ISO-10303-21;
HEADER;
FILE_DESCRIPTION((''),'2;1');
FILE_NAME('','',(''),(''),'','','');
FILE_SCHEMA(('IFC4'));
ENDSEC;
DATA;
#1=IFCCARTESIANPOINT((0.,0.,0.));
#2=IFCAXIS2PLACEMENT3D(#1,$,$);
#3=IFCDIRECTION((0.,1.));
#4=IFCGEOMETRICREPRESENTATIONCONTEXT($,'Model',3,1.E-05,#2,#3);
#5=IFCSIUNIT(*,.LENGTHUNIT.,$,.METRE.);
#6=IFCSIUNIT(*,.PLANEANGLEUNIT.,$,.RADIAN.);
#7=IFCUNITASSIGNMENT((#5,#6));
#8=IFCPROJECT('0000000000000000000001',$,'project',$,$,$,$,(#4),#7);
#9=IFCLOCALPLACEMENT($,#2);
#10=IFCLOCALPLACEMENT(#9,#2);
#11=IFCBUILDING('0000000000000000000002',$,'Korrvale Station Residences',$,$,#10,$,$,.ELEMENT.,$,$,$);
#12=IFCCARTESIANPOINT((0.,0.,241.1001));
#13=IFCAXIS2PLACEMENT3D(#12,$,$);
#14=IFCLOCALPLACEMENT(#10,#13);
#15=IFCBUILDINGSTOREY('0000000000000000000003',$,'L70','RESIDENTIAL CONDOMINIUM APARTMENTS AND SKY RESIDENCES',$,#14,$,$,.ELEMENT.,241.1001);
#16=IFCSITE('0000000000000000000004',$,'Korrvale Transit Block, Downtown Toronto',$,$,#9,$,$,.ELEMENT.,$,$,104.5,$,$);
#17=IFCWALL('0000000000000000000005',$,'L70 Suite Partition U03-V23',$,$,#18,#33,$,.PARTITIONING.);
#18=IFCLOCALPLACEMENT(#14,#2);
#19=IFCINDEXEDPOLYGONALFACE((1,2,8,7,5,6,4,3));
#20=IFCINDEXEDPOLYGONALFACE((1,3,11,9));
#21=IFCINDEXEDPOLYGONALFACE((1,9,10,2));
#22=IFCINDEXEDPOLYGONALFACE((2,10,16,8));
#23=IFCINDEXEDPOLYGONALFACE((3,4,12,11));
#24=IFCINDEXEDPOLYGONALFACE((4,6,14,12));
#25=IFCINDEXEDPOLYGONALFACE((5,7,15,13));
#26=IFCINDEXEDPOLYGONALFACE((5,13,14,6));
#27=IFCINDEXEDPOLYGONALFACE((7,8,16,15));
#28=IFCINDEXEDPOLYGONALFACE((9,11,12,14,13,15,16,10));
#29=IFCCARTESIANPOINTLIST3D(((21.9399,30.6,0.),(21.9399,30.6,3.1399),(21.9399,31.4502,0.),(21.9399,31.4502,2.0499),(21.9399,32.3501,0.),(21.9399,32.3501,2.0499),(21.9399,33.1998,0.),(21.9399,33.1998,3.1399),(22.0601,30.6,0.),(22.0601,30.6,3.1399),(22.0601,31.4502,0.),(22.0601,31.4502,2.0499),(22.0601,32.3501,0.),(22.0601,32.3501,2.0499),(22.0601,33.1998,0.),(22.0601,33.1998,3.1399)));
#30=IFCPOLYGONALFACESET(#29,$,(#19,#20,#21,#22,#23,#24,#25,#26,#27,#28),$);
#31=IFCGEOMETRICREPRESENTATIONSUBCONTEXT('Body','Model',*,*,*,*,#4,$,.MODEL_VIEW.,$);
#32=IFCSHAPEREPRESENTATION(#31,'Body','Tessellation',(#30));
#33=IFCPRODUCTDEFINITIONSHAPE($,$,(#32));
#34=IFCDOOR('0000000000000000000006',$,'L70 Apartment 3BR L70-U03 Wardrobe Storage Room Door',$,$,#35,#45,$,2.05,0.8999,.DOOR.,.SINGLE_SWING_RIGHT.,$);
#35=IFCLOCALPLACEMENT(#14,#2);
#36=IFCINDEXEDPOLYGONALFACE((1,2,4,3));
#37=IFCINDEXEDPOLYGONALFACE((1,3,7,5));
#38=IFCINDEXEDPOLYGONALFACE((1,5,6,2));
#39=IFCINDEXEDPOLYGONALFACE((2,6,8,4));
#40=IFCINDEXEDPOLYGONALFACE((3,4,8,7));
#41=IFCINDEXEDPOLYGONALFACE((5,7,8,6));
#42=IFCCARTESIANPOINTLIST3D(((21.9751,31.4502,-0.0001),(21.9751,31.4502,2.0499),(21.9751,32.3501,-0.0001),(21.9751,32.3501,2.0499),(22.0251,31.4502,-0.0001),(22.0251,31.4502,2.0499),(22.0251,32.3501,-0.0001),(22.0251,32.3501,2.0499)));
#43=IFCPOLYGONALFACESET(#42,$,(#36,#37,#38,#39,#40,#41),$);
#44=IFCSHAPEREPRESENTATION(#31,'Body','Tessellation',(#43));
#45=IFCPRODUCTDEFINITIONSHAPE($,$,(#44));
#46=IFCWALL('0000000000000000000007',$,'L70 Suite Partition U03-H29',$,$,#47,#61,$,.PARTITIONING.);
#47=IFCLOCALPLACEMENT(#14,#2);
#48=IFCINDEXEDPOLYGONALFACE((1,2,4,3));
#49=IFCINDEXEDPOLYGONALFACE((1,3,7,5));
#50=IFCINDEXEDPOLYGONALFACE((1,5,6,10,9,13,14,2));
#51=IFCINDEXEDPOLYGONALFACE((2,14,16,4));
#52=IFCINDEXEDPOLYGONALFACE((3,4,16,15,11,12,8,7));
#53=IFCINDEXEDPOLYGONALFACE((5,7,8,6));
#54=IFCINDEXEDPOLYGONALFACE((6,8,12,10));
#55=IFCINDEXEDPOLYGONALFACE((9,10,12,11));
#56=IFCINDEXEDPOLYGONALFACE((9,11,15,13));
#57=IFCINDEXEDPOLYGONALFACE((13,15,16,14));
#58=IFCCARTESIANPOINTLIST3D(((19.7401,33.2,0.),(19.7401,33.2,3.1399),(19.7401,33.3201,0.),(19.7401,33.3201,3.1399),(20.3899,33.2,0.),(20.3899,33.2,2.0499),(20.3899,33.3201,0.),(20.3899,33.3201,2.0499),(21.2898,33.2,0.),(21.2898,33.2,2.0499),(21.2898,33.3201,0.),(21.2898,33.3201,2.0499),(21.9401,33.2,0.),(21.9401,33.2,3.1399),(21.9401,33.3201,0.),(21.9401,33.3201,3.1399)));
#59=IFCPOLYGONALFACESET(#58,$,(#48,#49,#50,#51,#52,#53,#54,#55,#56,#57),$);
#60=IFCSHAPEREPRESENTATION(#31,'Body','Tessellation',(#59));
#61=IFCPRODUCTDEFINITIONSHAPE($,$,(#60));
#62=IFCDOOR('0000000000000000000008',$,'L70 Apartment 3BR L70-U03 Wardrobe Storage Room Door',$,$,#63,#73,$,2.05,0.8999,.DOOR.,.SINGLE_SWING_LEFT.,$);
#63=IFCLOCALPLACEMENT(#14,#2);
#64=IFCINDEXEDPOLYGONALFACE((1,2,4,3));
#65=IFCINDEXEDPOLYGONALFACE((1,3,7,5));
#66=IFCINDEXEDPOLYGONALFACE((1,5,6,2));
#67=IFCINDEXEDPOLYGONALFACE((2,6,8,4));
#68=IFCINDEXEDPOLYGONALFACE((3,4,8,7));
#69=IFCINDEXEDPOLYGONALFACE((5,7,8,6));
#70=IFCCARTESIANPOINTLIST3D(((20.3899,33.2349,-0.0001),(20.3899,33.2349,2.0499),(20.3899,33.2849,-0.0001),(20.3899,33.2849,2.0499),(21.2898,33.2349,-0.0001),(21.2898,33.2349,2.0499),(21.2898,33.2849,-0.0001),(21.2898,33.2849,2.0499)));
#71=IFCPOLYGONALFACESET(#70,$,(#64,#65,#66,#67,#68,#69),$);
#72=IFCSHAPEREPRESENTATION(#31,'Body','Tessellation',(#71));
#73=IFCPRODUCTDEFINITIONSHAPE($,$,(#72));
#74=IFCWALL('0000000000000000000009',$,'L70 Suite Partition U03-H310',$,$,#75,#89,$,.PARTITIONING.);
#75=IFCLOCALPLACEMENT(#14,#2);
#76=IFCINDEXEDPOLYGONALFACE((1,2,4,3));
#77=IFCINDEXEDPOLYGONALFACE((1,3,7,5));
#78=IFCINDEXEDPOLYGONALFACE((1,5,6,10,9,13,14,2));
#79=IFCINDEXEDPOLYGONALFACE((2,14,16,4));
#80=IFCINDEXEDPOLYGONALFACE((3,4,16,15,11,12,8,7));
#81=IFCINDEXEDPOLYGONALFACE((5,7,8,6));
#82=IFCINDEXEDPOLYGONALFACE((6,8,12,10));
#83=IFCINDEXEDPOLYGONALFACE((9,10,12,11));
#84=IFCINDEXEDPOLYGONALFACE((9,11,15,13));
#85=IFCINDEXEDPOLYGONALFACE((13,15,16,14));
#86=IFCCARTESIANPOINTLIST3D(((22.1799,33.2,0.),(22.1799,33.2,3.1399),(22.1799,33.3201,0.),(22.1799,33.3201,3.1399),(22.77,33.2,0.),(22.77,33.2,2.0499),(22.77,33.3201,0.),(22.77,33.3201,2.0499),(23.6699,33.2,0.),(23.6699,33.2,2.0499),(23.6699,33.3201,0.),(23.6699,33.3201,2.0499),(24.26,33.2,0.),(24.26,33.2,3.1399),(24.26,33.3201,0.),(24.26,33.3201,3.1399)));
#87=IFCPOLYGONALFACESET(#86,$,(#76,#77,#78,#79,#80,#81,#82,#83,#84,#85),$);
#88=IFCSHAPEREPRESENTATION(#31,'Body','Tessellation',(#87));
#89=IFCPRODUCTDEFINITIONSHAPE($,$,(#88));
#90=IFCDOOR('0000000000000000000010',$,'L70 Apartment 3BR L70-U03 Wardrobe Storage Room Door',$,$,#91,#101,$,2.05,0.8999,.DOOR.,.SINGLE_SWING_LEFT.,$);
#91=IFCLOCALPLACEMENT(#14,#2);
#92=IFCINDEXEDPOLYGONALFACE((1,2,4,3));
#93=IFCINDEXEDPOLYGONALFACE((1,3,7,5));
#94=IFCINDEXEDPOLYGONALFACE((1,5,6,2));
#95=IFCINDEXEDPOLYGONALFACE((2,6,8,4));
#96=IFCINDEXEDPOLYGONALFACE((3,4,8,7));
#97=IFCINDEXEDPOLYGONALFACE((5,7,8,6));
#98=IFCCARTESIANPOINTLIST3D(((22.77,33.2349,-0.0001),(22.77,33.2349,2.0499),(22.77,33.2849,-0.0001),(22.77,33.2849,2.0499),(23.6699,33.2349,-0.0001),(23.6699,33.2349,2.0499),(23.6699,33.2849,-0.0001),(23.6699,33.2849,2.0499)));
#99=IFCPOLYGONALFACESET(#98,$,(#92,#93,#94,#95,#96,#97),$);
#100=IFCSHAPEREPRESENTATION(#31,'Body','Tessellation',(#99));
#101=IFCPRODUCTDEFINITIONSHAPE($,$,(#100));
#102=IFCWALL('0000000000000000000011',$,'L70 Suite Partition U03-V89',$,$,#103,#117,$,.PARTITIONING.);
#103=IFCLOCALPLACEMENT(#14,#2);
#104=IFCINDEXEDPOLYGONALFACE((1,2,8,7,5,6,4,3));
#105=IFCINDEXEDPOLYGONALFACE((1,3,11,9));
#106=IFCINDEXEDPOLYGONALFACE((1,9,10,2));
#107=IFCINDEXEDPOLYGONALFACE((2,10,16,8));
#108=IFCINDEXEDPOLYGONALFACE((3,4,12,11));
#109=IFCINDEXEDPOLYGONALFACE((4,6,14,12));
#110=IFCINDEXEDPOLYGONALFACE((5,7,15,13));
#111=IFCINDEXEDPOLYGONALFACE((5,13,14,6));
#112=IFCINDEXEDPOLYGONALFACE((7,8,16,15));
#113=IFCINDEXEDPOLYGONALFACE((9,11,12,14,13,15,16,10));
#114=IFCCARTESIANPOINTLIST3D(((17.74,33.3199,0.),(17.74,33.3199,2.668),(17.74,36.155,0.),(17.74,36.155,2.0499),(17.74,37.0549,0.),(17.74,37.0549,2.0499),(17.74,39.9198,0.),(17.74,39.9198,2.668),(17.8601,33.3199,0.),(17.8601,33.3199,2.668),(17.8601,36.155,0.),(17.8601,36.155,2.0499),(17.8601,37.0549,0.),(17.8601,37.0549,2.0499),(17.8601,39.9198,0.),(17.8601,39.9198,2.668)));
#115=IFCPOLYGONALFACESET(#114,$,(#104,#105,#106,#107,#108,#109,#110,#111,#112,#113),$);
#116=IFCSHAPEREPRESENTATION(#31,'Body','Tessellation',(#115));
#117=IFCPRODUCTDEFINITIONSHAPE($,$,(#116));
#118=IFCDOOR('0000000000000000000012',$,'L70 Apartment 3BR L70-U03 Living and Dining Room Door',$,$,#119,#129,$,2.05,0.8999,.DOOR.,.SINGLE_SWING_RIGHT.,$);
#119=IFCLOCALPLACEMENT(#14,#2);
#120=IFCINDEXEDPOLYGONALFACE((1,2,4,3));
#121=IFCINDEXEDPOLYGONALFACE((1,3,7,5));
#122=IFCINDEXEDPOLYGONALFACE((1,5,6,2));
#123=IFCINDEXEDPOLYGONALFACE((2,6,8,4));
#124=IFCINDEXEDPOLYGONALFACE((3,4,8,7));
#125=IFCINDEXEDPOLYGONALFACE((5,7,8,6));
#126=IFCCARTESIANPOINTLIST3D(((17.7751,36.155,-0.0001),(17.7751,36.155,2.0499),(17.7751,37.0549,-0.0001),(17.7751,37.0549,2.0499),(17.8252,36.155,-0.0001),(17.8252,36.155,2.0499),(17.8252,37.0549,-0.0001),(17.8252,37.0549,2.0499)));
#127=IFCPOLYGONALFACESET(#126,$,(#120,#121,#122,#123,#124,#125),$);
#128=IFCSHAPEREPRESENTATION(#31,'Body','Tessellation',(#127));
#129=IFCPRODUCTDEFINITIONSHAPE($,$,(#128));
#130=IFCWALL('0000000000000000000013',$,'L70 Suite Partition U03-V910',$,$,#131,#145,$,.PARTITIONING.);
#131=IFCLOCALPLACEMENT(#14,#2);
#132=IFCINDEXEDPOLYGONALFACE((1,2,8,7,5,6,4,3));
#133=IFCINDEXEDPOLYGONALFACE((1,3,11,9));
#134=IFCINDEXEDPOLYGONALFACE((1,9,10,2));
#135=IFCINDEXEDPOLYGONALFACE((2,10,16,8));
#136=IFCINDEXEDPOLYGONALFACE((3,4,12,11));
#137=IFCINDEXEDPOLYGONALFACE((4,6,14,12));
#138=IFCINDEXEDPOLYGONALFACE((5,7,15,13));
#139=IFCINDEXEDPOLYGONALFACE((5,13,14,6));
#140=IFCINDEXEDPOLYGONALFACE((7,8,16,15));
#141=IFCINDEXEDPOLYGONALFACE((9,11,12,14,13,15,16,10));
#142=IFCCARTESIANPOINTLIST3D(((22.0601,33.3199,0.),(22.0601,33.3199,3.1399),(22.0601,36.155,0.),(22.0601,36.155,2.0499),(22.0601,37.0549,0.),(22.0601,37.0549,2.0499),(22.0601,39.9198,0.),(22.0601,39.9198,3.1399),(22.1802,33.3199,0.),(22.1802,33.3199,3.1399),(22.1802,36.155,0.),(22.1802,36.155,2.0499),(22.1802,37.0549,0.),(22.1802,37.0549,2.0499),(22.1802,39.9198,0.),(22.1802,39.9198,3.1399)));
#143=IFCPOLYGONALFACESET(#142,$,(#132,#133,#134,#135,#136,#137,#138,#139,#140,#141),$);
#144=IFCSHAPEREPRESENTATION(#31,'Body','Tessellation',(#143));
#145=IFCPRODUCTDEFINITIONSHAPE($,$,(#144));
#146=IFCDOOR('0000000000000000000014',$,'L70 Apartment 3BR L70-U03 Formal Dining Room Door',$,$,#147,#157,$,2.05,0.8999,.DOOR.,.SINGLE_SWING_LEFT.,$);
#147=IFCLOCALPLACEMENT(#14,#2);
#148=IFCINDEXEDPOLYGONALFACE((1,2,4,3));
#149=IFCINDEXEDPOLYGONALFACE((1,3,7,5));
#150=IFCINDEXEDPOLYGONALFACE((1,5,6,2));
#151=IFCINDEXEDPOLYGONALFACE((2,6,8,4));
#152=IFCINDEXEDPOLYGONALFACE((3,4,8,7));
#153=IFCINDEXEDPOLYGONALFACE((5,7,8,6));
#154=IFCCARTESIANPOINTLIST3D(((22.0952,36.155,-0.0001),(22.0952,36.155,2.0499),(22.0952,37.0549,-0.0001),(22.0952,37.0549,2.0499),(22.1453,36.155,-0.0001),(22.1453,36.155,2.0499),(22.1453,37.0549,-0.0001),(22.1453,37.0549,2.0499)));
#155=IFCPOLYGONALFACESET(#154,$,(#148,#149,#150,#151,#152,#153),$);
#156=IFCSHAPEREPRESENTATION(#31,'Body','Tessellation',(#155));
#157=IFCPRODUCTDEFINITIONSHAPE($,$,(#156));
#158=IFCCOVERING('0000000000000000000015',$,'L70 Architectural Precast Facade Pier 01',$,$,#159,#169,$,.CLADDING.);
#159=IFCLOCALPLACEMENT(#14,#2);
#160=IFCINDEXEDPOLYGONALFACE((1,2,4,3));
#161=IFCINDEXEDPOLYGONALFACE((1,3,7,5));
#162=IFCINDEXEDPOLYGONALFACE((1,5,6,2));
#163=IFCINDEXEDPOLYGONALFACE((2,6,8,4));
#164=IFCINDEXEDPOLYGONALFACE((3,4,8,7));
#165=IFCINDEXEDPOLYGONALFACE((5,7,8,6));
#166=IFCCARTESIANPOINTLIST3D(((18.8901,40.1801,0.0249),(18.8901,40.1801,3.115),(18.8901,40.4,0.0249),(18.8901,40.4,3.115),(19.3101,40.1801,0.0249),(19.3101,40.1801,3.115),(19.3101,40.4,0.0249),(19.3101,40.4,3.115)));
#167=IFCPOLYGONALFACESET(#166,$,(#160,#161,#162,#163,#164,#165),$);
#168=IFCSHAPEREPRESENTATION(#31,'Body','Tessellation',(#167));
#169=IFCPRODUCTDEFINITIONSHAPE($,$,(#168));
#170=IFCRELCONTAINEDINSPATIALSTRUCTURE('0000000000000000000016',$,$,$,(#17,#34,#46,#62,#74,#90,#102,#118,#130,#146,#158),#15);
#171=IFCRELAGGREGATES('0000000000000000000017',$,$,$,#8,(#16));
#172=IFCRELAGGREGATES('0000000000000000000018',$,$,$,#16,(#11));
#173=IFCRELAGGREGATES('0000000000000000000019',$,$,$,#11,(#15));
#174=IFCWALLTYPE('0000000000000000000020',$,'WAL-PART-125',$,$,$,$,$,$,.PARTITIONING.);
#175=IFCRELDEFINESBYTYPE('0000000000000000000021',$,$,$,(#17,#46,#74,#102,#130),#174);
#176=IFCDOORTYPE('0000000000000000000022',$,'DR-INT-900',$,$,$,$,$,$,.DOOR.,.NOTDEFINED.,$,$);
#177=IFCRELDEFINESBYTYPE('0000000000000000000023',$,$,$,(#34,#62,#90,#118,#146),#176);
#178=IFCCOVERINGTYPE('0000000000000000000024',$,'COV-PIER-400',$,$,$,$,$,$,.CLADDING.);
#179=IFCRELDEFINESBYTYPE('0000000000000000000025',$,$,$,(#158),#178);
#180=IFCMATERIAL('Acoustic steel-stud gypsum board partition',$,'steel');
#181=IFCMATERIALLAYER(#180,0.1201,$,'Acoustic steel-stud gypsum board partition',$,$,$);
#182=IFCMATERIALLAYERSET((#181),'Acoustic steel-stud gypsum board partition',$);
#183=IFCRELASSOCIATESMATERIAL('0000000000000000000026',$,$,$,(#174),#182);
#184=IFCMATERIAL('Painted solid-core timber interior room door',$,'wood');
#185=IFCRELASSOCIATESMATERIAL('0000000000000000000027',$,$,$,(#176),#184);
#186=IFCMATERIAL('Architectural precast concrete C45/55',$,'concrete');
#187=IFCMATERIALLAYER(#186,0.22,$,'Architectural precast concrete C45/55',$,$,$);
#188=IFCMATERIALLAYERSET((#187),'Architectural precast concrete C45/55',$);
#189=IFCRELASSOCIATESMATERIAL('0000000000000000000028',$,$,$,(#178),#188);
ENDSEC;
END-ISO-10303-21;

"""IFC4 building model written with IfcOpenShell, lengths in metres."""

from ifc_helpers import new_model, si_unit, direction, frame, frame_2d, origin, origin_2d, place, context, subcontext, project, spatial, rectangle, extrude, material, layer, layer_set, type_object, element, fill, save


model = new_model("IFC4")

# Units and contexts
model_context = context("Model", 3, precision=1e-05, world=origin(), true_north=direction((0.0, 1.0)))
body_context = subcontext(model_context, "Body", "Model", "MODEL_VIEW")
ifc_project = project(units=[si_unit("LENGTHUNIT", "METRE"), si_unit("PLANEANGLEUNIT", "RADIAN")], contexts=[model_context])

# Site, building, storey
site_placement = place(None, origin())
site = spatial("IfcSite", under=ifc_project, at=site_placement, Name="Korrvale Transit Block, Downtown Toronto", CompositionType="ELEMENT", RefElevation=104.5)
building_placement = place(site_placement, origin())
building = spatial("IfcBuilding", under=site, at=building_placement, Name="Korrvale Station Residences", CompositionType="ELEMENT")
storey_placement = place(building_placement, frame((0.0, 0.0, 241.1001)))
storey = spatial("IfcBuildingStorey", under=building, at=storey_placement, Name="L70", Description="RESIDENTIAL CONDOMINIUM APARTMENTS AND SKY RESIDENCES", CompositionType="ELEMENT", Elevation=241.1001)

# Walls, openings, doors
ifc_material_1 = material(Name="Acoustic steel-stud gypsum board partition", Category="steel")
ifc_layer_1 = layer(ifc_material_1, 0.1201, Name="Acoustic steel-stud gypsum board partition")
ifc_layer_set_1 = layer_set([ifc_layer_1], Name="Acoustic steel-stud gypsum board partition")
wall_type = type_object("IfcWallType", Name="WAL-PART-125", PredefinedType="PARTITIONING", material=ifc_layer_set_1)
ifc_material_2 = material(Name="Painted solid-core timber interior room door", Category="wood")
door_type = type_object("IfcDoorType", Name="DR-INT-900", OperationType="NOTDEFINED", PredefinedType="DOOR", material=ifc_material_2)
wall_1_placement = place(storey_placement, frame((22.0, 30.6001, 0.0), z_axis=(0.0, 0.0, 1.0), x_axis=(0.0, 1.0, 0.0)))
wall_1 = element("IfcWall", 1, at=wall_1_placement, inside=storey, type_object=wall_type, Name="L70 Suite Partition U03-V23", PredefinedType="PARTITIONING", context=body_context, shape_type="SweptSolid", body=[
    extrude(rectangle(XDim=2.5999, YDim=0.1201, at=frame_2d((1.2998, 0.0))), origin(), (0.0, 0.0, 1.0), 3.1399),
])
opening_1_placement = place(wall_1_placement, frame((0.8501, 0.0, 0.0)))
opening_1 = element("IfcOpeningElement", 2, at=opening_1_placement, cuts=wall_1, PredefinedType="OPENING", context=body_context, shape_type="SweptSolid", body=[
    extrude(rectangle(XDim=0.8999, YDim=2.05, at=frame_2d((0.45, 1.0249))), frame((0.0, 0.0701, 0.0), z_axis=(0.0, -1.0, 0.0), x_axis=(1.0, 0.0, 0.0)), (0.0, 0.0, 1.0), 0.1401),
])
door_1_placement = place(opening_1_placement, origin())
door_1 = element("IfcDoor", 3, at=door_1_placement, inside=storey, type_object=door_type, Name="L70 Apartment 3BR L70-U03 Wardrobe Storage Room Door", OperationType="SINGLE_SWING_RIGHT", OverallHeight=2.05, OverallWidth=0.8999, PredefinedType="DOOR", context=body_context, shape_type="SweptSolid", body=[
    extrude(rectangle(XDim=0.8999, YDim=2.05, at=frame_2d((0.45, 1.0249))), frame((0.0, 0.0249, 0.0), z_axis=(0.0, -1.0, 0.0), x_axis=(1.0, 0.0, 0.0)), (0.0, 0.0, 1.0), 0.05),
])
fill(opening_1, door_1)
wall_2_placement = place(storey_placement, frame((19.74, 33.26, 0.0), z_axis=(0.0, 0.0, 1.0), x_axis=(1.0, 0.0, 0.0)))
wall_2 = element("IfcWall", 4, at=wall_2_placement, inside=storey, type_object=wall_type, Name="L70 Suite Partition U03-H29", PredefinedType="PARTITIONING", context=body_context, shape_type="SweptSolid", body=[
    extrude(rectangle(XDim=2.2, YDim=0.1201, at=frame_2d((1.1001, 0.0))), origin(), (0.0, 0.0, 1.0), 3.1399),
])
opening_2_placement = place(wall_2_placement, frame((0.6499, 0.0, 0.0)))
opening_2 = element("IfcOpeningElement", 5, at=opening_2_placement, cuts=wall_2, PredefinedType="OPENING", context=body_context, shape_type="SweptSolid", body=[
    extrude(rectangle(XDim=0.8999, YDim=2.05, at=frame_2d((0.45, 1.0249))), frame((0.0, 0.0701, 0.0), z_axis=(0.0, -1.0, 0.0), x_axis=(1.0, 0.0, 0.0)), (0.0, 0.0, 1.0), 0.1401),
])
door_2_placement = place(opening_2_placement, origin())
door_2 = element("IfcDoor", 6, at=door_2_placement, inside=storey, type_object=door_type, Name="L70 Apartment 3BR L70-U03 Wardrobe Storage Room Door", OperationType="SINGLE_SWING_LEFT", OverallHeight=2.05, OverallWidth=0.8999, PredefinedType="DOOR", context=body_context, shape_type="SweptSolid", body=[
    extrude(rectangle(XDim=0.8999, YDim=2.05, at=frame_2d((0.45, 1.0249))), frame((0.0, 0.0249, 0.0), z_axis=(0.0, -1.0, 0.0), x_axis=(1.0, 0.0, 0.0)), (0.0, 0.0, 1.0), 0.05),
])
fill(opening_2, door_2)
wall_3_placement = place(storey_placement, frame((22.1799, 33.26, 0.0), z_axis=(0.0, 0.0, 1.0), x_axis=(1.0, 0.0, 0.0)))
wall_3 = element("IfcWall", 7, at=wall_3_placement, inside=storey, type_object=wall_type, Name="L70 Suite Partition U03-H310", PredefinedType="PARTITIONING", context=body_context, shape_type="SweptSolid", body=[
    extrude(rectangle(XDim=2.0801, YDim=0.1201, at=frame_2d((1.04, 0.0))), origin(), (0.0, 0.0, 1.0), 3.1399),
])
opening_3_placement = place(wall_3_placement, frame((0.5901, 0.0, 0.0)))
opening_3 = element("IfcOpeningElement", 8, at=opening_3_placement, cuts=wall_3, PredefinedType="OPENING", context=body_context, shape_type="SweptSolid", body=[
    extrude(rectangle(XDim=0.8999, YDim=2.05, at=frame_2d((0.45, 1.0249))), frame((0.0, 0.0701, 0.0), z_axis=(0.0, -1.0, 0.0), x_axis=(1.0, 0.0, 0.0)), (0.0, 0.0, 1.0), 0.1401),
])
door_3_placement = place(opening_3_placement, origin())
door_3 = element("IfcDoor", 9, at=door_3_placement, inside=storey, type_object=door_type, Name="L70 Apartment 3BR L70-U03 Wardrobe Storage Room Door", OperationType="SINGLE_SWING_LEFT", OverallHeight=2.05, OverallWidth=0.8999, PredefinedType="DOOR", context=body_context, shape_type="SweptSolid", body=[
    extrude(rectangle(XDim=0.8999, YDim=2.05, at=frame_2d((0.45, 1.0249))), frame((0.0, 0.0249, 0.0), z_axis=(0.0, -1.0, 0.0), x_axis=(1.0, 0.0, 0.0)), (0.0, 0.0, 1.0), 0.05),
])
fill(opening_3, door_3)
wall_4_placement = place(storey_placement, frame((17.8, 33.3201, 0.0), z_axis=(0.0, 0.0, 1.0), x_axis=(0.0, 1.0, 0.0)))
wall_4 = element("IfcWall", 10, at=wall_4_placement, inside=storey, type_object=wall_type, Name="L70 Suite Partition U03-V89", PredefinedType="PARTITIONING", context=body_context, shape_type="SweptSolid", body=[
    extrude(rectangle(XDim=6.5999, YDim=0.1201, at=frame_2d((3.2998, 0.0))), origin(), (0.0, 0.0, 1.0), 2.668),
])
opening_4_placement = place(wall_4_placement, frame((2.835, 0.0, 0.0)))
opening_4 = element("IfcOpeningElement", 11, at=opening_4_placement, cuts=wall_4, PredefinedType="OPENING", context=body_context, shape_type="SweptSolid", body=[
    extrude(rectangle(XDim=0.8999, YDim=2.05, at=frame_2d((0.45, 1.0249))), frame((0.0, 0.0701, 0.0), z_axis=(0.0, -1.0, 0.0), x_axis=(1.0, 0.0, 0.0)), (0.0, 0.0, 1.0), 0.1401),
])
door_4_placement = place(opening_4_placement, origin())
door_4 = element("IfcDoor", 12, at=door_4_placement, inside=storey, type_object=door_type, Name="L70 Apartment 3BR L70-U03 Living and Dining Room Door", OperationType="SINGLE_SWING_RIGHT", OverallHeight=2.05, OverallWidth=0.8999, PredefinedType="DOOR", context=body_context, shape_type="SweptSolid", body=[
    extrude(rectangle(XDim=0.8999, YDim=2.05, at=frame_2d((0.45, 1.0249))), frame((0.0, 0.0249, 0.0), z_axis=(0.0, -1.0, 0.0), x_axis=(1.0, 0.0, 0.0)), (0.0, 0.0, 1.0), 0.05),
])
fill(opening_4, door_4)
wall_5_placement = place(storey_placement, frame((22.1201, 33.3201, 0.0), z_axis=(0.0, 0.0, 1.0), x_axis=(0.0, 1.0, 0.0)))
wall_5 = element("IfcWall", 13, at=wall_5_placement, inside=storey, type_object=wall_type, Name="L70 Suite Partition U03-V910", PredefinedType="PARTITIONING", context=body_context, shape_type="SweptSolid", body=[
    extrude(rectangle(XDim=6.5999, YDim=0.1201, at=frame_2d((3.2998, 0.0))), origin(), (0.0, 0.0, 1.0), 3.1399),
])
opening_5_placement = place(wall_5_placement, frame((2.835, 0.0, 0.0)))
opening_5 = element("IfcOpeningElement", 14, at=opening_5_placement, cuts=wall_5, PredefinedType="OPENING", context=body_context, shape_type="SweptSolid", body=[
    extrude(rectangle(XDim=0.8999, YDim=2.05, at=frame_2d((0.45, 1.0249))), frame((0.0, 0.0701, 0.0), z_axis=(0.0, -1.0, 0.0), x_axis=(1.0, 0.0, 0.0)), (0.0, 0.0, 1.0), 0.1401),
])
door_5_placement = place(opening_5_placement, origin())
door_5 = element("IfcDoor", 15, at=door_5_placement, inside=storey, type_object=door_type, Name="L70 Apartment 3BR L70-U03 Formal Dining Room Door", OperationType="SINGLE_SWING_LEFT", OverallHeight=2.05, OverallWidth=0.8999, PredefinedType="DOOR", context=body_context, shape_type="SweptSolid", body=[
    extrude(rectangle(XDim=0.8999, YDim=2.05, at=frame_2d((0.45, 1.0249))), frame((0.0, 0.0249, 0.0), z_axis=(0.0, -1.0, 0.0), x_axis=(1.0, 0.0, 0.0)), (0.0, 0.0, 1.0), 0.05),
])
fill(opening_5, door_5)

# Covering
ifc_material_3 = material(Name="Architectural precast concrete C45/55", Category="concrete")
ifc_layer_2 = layer(ifc_material_3, 0.22, Name="Architectural precast concrete C45/55")
ifc_layer_set_2 = layer_set([ifc_layer_2], Name="Architectural precast concrete C45/55")
covering_type = type_object("IfcCoveringType", Name="COV-PIER-400", PredefinedType="CLADDING", material=ifc_layer_set_2)
covering_placement = place(storey_placement, frame((19.1001, 40.29, 0.0249), z_axis=(0.0, 0.0, 1.0), x_axis=(1.0, 0.0, 0.0)))
element("IfcCovering", 16, at=covering_placement, inside=storey, type_object=covering_type, Name="L70 Architectural Precast Facade Pier 01", PredefinedType="CLADDING", context=body_context, shape_type="SweptSolid", body=[
    extrude(rectangle(XDim=0.4199, YDim=0.22, at=origin_2d()), origin(), (0.0, 0.0, 1.0), 3.0901),
])

save(model, "model.ifc")
